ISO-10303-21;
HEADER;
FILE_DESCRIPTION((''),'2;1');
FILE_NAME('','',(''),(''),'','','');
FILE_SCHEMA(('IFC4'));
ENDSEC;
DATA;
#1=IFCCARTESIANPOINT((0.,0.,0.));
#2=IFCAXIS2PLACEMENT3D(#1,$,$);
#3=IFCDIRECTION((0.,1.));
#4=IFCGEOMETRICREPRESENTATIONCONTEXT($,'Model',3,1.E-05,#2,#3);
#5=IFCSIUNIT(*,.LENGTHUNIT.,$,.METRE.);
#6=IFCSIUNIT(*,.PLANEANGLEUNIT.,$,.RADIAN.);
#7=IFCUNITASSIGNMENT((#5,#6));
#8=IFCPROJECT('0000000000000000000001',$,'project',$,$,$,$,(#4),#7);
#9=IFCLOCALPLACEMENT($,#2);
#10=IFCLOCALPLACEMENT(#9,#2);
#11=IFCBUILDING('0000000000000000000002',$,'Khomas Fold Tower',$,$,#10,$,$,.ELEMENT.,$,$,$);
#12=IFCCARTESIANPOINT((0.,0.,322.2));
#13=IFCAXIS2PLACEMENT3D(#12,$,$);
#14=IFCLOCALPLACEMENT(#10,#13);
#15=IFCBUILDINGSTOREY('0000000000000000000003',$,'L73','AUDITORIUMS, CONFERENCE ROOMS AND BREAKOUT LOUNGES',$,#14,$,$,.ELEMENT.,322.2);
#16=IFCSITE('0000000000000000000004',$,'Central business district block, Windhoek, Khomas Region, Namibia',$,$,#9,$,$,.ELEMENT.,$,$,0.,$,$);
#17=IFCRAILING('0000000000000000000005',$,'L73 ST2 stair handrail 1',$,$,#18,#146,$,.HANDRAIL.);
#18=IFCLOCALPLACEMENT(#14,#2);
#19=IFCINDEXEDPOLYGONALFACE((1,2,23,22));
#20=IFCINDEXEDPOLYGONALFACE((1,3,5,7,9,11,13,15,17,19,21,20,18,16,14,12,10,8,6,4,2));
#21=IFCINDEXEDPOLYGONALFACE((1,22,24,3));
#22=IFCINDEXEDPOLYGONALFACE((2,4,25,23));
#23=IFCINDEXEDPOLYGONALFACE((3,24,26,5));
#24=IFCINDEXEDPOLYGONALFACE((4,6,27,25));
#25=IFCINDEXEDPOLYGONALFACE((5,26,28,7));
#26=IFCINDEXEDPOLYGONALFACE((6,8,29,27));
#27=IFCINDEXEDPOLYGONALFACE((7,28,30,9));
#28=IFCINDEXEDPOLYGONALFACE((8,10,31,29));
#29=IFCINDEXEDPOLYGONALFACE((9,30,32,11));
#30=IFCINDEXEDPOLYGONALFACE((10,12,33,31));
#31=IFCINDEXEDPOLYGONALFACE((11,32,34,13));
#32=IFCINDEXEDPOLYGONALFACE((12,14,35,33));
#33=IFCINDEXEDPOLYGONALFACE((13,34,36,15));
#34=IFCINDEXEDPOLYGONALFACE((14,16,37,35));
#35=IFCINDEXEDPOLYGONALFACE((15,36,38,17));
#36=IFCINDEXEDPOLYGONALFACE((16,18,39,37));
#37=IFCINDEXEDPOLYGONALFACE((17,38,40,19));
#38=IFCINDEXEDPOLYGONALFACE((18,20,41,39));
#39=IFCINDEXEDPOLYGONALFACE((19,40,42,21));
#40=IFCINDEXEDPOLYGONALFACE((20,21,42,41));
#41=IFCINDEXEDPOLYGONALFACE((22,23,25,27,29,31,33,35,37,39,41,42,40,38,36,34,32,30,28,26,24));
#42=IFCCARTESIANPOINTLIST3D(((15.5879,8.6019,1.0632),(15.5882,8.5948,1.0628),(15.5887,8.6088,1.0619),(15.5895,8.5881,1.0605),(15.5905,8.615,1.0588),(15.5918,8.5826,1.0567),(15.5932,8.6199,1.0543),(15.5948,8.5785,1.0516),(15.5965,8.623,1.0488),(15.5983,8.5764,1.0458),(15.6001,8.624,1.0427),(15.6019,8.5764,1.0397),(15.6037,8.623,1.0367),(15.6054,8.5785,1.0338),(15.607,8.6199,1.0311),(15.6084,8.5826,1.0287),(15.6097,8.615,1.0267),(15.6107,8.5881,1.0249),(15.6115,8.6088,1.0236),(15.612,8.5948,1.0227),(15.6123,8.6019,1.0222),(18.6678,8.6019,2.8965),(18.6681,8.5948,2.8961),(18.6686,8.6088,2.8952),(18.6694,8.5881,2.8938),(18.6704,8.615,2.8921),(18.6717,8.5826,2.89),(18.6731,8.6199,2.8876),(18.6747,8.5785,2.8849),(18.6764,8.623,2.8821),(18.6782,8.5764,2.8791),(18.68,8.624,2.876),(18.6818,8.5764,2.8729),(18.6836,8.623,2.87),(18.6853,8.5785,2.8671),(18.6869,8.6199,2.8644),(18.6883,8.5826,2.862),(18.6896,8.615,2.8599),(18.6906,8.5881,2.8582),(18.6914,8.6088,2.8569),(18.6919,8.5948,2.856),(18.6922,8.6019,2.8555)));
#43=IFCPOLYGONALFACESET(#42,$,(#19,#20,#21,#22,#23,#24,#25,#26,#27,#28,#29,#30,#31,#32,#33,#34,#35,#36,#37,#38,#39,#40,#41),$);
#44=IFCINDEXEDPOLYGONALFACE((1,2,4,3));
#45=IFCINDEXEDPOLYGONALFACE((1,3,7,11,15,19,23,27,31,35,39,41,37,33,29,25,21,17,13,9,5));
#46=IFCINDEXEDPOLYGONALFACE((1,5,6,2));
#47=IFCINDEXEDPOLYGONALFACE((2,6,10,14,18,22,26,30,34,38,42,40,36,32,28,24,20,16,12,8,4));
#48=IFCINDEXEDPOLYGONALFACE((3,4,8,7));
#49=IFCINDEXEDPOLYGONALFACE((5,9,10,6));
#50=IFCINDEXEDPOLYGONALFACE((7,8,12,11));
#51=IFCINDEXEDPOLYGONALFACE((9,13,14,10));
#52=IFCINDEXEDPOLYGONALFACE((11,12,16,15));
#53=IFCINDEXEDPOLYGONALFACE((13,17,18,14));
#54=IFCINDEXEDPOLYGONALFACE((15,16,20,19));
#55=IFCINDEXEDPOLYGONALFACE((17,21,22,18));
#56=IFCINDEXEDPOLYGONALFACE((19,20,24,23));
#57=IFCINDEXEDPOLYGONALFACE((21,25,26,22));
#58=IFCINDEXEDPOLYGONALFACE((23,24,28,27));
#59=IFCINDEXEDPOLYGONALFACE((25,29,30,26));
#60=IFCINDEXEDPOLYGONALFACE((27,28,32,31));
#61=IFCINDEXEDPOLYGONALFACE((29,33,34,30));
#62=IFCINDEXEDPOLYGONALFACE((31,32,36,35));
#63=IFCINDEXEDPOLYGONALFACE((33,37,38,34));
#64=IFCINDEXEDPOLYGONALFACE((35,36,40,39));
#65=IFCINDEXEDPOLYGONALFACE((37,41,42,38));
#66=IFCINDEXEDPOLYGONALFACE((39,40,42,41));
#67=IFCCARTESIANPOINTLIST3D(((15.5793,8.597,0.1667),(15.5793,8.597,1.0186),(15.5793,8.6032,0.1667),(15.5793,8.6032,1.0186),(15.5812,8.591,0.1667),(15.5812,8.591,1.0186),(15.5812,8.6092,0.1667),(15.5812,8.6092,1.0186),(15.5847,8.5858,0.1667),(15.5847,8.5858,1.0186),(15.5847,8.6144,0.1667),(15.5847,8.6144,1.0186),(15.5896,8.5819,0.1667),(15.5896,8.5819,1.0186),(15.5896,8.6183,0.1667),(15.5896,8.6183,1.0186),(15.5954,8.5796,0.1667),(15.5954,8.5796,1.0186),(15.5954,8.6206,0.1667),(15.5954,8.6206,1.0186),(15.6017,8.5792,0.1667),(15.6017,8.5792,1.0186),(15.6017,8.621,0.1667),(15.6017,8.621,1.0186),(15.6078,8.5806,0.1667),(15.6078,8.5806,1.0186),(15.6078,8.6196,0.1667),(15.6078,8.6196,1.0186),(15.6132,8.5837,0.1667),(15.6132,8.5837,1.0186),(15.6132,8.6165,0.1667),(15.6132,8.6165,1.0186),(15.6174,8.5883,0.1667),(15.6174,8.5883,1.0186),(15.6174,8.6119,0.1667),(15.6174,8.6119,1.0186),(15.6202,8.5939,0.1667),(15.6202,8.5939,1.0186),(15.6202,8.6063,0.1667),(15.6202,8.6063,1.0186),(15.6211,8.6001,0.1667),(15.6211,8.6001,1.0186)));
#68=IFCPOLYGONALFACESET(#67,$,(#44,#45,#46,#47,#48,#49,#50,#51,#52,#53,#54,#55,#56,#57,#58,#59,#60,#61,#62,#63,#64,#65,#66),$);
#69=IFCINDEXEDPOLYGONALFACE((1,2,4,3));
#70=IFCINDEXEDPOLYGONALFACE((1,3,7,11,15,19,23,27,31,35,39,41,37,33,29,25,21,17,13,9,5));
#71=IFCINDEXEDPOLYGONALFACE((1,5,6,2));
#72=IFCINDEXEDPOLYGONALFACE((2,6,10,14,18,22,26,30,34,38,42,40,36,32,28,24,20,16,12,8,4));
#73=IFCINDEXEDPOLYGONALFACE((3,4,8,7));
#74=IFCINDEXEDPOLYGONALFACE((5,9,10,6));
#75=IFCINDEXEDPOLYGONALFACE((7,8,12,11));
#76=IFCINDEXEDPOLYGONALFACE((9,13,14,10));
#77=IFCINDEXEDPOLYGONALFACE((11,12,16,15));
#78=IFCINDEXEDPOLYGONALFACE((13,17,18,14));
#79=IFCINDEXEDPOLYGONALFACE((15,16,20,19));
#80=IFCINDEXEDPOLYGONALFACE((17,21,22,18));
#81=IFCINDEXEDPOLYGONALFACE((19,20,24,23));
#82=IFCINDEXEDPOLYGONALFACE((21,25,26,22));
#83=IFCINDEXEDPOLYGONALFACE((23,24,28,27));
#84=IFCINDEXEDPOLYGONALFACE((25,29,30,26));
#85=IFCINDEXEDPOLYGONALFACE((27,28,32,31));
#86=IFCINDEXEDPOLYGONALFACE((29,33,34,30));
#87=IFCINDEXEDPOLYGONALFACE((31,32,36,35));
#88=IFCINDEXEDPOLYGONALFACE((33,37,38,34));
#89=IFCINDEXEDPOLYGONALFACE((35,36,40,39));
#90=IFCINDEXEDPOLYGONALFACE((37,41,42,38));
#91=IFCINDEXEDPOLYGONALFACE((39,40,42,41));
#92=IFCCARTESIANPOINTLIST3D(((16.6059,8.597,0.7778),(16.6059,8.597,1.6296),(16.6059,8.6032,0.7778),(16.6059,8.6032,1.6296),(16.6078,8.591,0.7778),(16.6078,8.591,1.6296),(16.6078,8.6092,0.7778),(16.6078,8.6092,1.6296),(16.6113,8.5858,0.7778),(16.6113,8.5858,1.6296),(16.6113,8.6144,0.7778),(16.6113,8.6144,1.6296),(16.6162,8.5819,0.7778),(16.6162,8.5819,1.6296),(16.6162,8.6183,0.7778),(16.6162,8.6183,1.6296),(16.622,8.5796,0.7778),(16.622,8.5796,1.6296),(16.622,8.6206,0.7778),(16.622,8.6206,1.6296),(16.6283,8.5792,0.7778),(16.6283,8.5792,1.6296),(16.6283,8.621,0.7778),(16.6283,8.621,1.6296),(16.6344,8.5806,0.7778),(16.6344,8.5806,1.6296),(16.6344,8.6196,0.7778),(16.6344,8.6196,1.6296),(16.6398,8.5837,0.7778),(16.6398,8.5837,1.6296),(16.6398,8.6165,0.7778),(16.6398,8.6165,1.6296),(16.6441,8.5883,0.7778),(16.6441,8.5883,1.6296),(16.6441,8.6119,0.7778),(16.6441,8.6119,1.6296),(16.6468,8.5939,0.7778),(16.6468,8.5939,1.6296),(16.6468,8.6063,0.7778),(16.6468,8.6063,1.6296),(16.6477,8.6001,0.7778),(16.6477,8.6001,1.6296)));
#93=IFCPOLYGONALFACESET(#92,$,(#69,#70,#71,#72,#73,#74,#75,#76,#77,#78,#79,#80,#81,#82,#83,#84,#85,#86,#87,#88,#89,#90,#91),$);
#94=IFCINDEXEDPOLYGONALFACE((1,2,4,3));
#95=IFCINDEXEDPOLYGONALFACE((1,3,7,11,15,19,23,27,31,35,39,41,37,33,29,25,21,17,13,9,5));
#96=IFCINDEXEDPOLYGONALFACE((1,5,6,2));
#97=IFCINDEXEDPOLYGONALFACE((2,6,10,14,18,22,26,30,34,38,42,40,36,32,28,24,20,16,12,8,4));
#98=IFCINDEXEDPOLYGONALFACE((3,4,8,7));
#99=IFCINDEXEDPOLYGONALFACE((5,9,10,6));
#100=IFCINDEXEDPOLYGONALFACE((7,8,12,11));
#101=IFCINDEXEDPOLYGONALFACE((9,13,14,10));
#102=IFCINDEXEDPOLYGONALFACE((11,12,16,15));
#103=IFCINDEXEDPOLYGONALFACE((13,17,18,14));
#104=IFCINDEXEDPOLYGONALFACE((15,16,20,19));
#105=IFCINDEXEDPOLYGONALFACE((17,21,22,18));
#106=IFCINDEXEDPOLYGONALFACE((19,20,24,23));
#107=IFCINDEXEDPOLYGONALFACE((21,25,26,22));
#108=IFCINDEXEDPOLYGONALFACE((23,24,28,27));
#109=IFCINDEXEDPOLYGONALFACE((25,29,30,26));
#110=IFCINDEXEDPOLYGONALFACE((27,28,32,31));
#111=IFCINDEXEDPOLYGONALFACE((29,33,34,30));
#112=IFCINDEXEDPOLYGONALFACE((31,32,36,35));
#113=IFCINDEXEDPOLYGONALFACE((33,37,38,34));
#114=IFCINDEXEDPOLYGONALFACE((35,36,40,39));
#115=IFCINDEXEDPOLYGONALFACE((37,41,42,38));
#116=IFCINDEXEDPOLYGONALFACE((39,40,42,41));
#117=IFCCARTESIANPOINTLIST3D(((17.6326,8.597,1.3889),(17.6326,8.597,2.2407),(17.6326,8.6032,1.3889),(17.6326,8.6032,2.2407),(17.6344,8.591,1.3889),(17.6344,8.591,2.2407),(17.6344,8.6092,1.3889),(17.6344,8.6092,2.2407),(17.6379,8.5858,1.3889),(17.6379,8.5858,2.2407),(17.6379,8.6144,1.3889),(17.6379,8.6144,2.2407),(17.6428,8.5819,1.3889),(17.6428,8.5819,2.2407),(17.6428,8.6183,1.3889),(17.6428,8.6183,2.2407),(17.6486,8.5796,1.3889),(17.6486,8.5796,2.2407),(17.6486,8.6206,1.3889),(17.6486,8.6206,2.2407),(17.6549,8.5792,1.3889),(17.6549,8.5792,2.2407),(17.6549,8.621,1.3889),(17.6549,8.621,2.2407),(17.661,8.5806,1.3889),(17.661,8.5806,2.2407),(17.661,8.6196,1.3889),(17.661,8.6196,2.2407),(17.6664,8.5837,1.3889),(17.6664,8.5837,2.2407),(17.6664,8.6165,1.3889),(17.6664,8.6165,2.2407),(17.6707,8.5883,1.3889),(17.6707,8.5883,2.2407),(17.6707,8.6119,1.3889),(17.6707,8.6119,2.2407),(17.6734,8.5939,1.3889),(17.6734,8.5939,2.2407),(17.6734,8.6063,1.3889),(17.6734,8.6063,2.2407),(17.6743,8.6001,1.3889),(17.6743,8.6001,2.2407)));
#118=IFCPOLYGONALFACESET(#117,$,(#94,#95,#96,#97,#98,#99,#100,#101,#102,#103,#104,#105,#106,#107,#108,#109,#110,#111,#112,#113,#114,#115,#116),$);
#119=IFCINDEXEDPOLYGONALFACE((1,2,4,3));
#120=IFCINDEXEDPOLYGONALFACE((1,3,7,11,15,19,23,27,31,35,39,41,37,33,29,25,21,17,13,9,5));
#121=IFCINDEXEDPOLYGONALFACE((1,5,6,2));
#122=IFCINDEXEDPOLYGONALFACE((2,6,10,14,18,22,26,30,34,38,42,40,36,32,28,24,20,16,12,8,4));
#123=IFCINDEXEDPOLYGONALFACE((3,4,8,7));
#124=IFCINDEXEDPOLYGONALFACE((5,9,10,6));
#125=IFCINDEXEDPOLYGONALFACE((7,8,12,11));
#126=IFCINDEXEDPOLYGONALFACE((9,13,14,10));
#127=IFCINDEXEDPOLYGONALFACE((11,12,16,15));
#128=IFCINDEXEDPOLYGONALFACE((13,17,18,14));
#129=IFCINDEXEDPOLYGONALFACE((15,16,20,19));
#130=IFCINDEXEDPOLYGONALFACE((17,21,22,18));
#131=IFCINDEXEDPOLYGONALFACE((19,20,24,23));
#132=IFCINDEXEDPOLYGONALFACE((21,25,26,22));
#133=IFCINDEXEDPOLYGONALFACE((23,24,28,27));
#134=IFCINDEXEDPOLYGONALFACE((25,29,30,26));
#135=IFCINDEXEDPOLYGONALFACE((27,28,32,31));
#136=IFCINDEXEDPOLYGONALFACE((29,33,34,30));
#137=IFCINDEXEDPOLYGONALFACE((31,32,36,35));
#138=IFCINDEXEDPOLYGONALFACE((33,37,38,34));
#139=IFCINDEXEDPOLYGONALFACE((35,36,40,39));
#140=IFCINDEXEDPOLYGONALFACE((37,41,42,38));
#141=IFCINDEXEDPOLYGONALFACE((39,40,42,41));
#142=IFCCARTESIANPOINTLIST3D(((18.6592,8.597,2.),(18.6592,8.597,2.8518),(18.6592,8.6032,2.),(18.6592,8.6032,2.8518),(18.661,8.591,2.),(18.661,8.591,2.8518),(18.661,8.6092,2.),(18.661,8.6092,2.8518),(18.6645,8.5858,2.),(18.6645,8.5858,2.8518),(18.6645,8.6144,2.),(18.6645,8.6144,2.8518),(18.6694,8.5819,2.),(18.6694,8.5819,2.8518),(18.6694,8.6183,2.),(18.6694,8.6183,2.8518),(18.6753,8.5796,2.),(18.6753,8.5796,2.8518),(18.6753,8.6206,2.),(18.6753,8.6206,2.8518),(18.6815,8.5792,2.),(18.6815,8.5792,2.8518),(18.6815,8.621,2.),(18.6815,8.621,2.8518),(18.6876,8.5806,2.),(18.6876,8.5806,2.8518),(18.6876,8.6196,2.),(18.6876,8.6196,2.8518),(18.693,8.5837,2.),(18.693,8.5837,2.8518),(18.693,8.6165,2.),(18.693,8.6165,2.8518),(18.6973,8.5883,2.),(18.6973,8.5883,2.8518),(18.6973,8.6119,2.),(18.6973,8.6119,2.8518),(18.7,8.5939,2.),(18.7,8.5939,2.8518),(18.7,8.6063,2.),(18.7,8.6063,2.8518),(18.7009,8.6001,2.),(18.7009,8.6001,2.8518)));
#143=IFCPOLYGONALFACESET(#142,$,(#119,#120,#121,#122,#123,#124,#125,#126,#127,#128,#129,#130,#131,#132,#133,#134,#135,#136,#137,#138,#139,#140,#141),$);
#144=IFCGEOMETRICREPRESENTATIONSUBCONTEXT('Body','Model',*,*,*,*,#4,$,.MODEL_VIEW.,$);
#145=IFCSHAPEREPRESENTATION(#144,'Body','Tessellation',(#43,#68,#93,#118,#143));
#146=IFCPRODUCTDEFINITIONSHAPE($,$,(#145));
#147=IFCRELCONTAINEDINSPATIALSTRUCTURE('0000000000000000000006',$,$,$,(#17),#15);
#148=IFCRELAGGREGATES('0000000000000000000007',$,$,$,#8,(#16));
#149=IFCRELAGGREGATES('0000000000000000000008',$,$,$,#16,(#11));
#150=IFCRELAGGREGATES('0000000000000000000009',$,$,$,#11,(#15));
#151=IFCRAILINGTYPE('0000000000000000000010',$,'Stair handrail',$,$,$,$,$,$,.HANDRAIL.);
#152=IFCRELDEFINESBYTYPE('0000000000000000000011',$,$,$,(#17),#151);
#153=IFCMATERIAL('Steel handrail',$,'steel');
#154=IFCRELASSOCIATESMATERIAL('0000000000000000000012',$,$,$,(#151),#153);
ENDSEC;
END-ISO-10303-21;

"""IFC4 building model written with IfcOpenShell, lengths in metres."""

from ifc_helpers import new_model, si_unit, direction, frame, origin, origin_2d, place, context, subcontext, project, spatial, circle, extrude, source, transform, mapped, material, type_object, element, save


model = new_model("IFC4")

# Units and contexts
model_context = context("Model", 3, precision=1e-05, world=origin(), true_north=direction((0.0, 1.0)))
body_context = subcontext(model_context, "Body", "Model", "MODEL_VIEW")
ifc_project = project(units=[si_unit("LENGTHUNIT", "METRE"), si_unit("PLANEANGLEUNIT", "RADIAN")], contexts=[model_context])

# Site, building, storey
site_placement = place(None, origin())
site = spatial("IfcSite", under=ifc_project, at=site_placement, Name="Central business district block, Windhoek, Khomas Region, Namibia", CompositionType="ELEMENT", RefElevation=0.0)
building_placement = place(site_placement, origin())
building = spatial("IfcBuilding", under=site, at=building_placement, Name="Khomas Fold Tower", CompositionType="ELEMENT")
storey_placement = place(building_placement, frame((0.0, 0.0, 322.2)))
storey = spatial("IfcBuildingStorey", under=building, at=storey_placement, Name="L73", Description="AUDITORIUMS, CONFERENCE ROOMS AND BREAKOUT LOUNGES", CompositionType="ELEMENT", Elevation=322.2)

# Railing
ifc_material_1 = material(Name="Steel handrail", Category="steel")
railing_type_1 = type_object("IfcRailingType", Name="Stair handrail", PredefinedType="HANDRAIL", material=ifc_material_1)
shared_shape_1 = source(origin(), body_context, "Body", "SweptSolid", [
    extrude(circle(Radius=0.0239, at=origin_2d()), frame((0.0, 0.0, 0.876), z_axis=(0.859291, 0.0, 0.511487), x_axis=(0.0, 1.0, 0.0)), (0.0, 0.0, 1.0), 3.5842),
    extrude(circle(Radius=0.021, at=origin_2d()), origin(), (0.0, 0.0, 1.0), 0.8518),
    extrude(circle(Radius=0.021, at=origin_2d()), frame((1.0266, 0.0, 0.6111)), (0.0, 0.0, 1.0), 0.8518),
    extrude(circle(Radius=0.021, at=origin_2d()), frame((2.0532, 0.0, 1.2222)), (0.0, 0.0, 1.0), 0.8518),
    extrude(circle(Radius=0.021, at=origin_2d()), frame((3.0798, 0.0, 1.8333)), (0.0, 0.0, 1.0), 0.8518),
])
railing_1_placement = place(storey_placement, frame((15.6001, 8.6001, 0.1667)))
element("IfcRailing", 1, at=railing_1_placement, inside=storey, type_object=railing_type_1, Name="L73 ST2 stair handrail 1", PredefinedType="HANDRAIL", context=body_context, shape_type="MappedRepresentation", body=[
    mapped(shared_shape_1, transform((0.0, 0.0, 0.0))),
])

save(model, "model.ifc")
